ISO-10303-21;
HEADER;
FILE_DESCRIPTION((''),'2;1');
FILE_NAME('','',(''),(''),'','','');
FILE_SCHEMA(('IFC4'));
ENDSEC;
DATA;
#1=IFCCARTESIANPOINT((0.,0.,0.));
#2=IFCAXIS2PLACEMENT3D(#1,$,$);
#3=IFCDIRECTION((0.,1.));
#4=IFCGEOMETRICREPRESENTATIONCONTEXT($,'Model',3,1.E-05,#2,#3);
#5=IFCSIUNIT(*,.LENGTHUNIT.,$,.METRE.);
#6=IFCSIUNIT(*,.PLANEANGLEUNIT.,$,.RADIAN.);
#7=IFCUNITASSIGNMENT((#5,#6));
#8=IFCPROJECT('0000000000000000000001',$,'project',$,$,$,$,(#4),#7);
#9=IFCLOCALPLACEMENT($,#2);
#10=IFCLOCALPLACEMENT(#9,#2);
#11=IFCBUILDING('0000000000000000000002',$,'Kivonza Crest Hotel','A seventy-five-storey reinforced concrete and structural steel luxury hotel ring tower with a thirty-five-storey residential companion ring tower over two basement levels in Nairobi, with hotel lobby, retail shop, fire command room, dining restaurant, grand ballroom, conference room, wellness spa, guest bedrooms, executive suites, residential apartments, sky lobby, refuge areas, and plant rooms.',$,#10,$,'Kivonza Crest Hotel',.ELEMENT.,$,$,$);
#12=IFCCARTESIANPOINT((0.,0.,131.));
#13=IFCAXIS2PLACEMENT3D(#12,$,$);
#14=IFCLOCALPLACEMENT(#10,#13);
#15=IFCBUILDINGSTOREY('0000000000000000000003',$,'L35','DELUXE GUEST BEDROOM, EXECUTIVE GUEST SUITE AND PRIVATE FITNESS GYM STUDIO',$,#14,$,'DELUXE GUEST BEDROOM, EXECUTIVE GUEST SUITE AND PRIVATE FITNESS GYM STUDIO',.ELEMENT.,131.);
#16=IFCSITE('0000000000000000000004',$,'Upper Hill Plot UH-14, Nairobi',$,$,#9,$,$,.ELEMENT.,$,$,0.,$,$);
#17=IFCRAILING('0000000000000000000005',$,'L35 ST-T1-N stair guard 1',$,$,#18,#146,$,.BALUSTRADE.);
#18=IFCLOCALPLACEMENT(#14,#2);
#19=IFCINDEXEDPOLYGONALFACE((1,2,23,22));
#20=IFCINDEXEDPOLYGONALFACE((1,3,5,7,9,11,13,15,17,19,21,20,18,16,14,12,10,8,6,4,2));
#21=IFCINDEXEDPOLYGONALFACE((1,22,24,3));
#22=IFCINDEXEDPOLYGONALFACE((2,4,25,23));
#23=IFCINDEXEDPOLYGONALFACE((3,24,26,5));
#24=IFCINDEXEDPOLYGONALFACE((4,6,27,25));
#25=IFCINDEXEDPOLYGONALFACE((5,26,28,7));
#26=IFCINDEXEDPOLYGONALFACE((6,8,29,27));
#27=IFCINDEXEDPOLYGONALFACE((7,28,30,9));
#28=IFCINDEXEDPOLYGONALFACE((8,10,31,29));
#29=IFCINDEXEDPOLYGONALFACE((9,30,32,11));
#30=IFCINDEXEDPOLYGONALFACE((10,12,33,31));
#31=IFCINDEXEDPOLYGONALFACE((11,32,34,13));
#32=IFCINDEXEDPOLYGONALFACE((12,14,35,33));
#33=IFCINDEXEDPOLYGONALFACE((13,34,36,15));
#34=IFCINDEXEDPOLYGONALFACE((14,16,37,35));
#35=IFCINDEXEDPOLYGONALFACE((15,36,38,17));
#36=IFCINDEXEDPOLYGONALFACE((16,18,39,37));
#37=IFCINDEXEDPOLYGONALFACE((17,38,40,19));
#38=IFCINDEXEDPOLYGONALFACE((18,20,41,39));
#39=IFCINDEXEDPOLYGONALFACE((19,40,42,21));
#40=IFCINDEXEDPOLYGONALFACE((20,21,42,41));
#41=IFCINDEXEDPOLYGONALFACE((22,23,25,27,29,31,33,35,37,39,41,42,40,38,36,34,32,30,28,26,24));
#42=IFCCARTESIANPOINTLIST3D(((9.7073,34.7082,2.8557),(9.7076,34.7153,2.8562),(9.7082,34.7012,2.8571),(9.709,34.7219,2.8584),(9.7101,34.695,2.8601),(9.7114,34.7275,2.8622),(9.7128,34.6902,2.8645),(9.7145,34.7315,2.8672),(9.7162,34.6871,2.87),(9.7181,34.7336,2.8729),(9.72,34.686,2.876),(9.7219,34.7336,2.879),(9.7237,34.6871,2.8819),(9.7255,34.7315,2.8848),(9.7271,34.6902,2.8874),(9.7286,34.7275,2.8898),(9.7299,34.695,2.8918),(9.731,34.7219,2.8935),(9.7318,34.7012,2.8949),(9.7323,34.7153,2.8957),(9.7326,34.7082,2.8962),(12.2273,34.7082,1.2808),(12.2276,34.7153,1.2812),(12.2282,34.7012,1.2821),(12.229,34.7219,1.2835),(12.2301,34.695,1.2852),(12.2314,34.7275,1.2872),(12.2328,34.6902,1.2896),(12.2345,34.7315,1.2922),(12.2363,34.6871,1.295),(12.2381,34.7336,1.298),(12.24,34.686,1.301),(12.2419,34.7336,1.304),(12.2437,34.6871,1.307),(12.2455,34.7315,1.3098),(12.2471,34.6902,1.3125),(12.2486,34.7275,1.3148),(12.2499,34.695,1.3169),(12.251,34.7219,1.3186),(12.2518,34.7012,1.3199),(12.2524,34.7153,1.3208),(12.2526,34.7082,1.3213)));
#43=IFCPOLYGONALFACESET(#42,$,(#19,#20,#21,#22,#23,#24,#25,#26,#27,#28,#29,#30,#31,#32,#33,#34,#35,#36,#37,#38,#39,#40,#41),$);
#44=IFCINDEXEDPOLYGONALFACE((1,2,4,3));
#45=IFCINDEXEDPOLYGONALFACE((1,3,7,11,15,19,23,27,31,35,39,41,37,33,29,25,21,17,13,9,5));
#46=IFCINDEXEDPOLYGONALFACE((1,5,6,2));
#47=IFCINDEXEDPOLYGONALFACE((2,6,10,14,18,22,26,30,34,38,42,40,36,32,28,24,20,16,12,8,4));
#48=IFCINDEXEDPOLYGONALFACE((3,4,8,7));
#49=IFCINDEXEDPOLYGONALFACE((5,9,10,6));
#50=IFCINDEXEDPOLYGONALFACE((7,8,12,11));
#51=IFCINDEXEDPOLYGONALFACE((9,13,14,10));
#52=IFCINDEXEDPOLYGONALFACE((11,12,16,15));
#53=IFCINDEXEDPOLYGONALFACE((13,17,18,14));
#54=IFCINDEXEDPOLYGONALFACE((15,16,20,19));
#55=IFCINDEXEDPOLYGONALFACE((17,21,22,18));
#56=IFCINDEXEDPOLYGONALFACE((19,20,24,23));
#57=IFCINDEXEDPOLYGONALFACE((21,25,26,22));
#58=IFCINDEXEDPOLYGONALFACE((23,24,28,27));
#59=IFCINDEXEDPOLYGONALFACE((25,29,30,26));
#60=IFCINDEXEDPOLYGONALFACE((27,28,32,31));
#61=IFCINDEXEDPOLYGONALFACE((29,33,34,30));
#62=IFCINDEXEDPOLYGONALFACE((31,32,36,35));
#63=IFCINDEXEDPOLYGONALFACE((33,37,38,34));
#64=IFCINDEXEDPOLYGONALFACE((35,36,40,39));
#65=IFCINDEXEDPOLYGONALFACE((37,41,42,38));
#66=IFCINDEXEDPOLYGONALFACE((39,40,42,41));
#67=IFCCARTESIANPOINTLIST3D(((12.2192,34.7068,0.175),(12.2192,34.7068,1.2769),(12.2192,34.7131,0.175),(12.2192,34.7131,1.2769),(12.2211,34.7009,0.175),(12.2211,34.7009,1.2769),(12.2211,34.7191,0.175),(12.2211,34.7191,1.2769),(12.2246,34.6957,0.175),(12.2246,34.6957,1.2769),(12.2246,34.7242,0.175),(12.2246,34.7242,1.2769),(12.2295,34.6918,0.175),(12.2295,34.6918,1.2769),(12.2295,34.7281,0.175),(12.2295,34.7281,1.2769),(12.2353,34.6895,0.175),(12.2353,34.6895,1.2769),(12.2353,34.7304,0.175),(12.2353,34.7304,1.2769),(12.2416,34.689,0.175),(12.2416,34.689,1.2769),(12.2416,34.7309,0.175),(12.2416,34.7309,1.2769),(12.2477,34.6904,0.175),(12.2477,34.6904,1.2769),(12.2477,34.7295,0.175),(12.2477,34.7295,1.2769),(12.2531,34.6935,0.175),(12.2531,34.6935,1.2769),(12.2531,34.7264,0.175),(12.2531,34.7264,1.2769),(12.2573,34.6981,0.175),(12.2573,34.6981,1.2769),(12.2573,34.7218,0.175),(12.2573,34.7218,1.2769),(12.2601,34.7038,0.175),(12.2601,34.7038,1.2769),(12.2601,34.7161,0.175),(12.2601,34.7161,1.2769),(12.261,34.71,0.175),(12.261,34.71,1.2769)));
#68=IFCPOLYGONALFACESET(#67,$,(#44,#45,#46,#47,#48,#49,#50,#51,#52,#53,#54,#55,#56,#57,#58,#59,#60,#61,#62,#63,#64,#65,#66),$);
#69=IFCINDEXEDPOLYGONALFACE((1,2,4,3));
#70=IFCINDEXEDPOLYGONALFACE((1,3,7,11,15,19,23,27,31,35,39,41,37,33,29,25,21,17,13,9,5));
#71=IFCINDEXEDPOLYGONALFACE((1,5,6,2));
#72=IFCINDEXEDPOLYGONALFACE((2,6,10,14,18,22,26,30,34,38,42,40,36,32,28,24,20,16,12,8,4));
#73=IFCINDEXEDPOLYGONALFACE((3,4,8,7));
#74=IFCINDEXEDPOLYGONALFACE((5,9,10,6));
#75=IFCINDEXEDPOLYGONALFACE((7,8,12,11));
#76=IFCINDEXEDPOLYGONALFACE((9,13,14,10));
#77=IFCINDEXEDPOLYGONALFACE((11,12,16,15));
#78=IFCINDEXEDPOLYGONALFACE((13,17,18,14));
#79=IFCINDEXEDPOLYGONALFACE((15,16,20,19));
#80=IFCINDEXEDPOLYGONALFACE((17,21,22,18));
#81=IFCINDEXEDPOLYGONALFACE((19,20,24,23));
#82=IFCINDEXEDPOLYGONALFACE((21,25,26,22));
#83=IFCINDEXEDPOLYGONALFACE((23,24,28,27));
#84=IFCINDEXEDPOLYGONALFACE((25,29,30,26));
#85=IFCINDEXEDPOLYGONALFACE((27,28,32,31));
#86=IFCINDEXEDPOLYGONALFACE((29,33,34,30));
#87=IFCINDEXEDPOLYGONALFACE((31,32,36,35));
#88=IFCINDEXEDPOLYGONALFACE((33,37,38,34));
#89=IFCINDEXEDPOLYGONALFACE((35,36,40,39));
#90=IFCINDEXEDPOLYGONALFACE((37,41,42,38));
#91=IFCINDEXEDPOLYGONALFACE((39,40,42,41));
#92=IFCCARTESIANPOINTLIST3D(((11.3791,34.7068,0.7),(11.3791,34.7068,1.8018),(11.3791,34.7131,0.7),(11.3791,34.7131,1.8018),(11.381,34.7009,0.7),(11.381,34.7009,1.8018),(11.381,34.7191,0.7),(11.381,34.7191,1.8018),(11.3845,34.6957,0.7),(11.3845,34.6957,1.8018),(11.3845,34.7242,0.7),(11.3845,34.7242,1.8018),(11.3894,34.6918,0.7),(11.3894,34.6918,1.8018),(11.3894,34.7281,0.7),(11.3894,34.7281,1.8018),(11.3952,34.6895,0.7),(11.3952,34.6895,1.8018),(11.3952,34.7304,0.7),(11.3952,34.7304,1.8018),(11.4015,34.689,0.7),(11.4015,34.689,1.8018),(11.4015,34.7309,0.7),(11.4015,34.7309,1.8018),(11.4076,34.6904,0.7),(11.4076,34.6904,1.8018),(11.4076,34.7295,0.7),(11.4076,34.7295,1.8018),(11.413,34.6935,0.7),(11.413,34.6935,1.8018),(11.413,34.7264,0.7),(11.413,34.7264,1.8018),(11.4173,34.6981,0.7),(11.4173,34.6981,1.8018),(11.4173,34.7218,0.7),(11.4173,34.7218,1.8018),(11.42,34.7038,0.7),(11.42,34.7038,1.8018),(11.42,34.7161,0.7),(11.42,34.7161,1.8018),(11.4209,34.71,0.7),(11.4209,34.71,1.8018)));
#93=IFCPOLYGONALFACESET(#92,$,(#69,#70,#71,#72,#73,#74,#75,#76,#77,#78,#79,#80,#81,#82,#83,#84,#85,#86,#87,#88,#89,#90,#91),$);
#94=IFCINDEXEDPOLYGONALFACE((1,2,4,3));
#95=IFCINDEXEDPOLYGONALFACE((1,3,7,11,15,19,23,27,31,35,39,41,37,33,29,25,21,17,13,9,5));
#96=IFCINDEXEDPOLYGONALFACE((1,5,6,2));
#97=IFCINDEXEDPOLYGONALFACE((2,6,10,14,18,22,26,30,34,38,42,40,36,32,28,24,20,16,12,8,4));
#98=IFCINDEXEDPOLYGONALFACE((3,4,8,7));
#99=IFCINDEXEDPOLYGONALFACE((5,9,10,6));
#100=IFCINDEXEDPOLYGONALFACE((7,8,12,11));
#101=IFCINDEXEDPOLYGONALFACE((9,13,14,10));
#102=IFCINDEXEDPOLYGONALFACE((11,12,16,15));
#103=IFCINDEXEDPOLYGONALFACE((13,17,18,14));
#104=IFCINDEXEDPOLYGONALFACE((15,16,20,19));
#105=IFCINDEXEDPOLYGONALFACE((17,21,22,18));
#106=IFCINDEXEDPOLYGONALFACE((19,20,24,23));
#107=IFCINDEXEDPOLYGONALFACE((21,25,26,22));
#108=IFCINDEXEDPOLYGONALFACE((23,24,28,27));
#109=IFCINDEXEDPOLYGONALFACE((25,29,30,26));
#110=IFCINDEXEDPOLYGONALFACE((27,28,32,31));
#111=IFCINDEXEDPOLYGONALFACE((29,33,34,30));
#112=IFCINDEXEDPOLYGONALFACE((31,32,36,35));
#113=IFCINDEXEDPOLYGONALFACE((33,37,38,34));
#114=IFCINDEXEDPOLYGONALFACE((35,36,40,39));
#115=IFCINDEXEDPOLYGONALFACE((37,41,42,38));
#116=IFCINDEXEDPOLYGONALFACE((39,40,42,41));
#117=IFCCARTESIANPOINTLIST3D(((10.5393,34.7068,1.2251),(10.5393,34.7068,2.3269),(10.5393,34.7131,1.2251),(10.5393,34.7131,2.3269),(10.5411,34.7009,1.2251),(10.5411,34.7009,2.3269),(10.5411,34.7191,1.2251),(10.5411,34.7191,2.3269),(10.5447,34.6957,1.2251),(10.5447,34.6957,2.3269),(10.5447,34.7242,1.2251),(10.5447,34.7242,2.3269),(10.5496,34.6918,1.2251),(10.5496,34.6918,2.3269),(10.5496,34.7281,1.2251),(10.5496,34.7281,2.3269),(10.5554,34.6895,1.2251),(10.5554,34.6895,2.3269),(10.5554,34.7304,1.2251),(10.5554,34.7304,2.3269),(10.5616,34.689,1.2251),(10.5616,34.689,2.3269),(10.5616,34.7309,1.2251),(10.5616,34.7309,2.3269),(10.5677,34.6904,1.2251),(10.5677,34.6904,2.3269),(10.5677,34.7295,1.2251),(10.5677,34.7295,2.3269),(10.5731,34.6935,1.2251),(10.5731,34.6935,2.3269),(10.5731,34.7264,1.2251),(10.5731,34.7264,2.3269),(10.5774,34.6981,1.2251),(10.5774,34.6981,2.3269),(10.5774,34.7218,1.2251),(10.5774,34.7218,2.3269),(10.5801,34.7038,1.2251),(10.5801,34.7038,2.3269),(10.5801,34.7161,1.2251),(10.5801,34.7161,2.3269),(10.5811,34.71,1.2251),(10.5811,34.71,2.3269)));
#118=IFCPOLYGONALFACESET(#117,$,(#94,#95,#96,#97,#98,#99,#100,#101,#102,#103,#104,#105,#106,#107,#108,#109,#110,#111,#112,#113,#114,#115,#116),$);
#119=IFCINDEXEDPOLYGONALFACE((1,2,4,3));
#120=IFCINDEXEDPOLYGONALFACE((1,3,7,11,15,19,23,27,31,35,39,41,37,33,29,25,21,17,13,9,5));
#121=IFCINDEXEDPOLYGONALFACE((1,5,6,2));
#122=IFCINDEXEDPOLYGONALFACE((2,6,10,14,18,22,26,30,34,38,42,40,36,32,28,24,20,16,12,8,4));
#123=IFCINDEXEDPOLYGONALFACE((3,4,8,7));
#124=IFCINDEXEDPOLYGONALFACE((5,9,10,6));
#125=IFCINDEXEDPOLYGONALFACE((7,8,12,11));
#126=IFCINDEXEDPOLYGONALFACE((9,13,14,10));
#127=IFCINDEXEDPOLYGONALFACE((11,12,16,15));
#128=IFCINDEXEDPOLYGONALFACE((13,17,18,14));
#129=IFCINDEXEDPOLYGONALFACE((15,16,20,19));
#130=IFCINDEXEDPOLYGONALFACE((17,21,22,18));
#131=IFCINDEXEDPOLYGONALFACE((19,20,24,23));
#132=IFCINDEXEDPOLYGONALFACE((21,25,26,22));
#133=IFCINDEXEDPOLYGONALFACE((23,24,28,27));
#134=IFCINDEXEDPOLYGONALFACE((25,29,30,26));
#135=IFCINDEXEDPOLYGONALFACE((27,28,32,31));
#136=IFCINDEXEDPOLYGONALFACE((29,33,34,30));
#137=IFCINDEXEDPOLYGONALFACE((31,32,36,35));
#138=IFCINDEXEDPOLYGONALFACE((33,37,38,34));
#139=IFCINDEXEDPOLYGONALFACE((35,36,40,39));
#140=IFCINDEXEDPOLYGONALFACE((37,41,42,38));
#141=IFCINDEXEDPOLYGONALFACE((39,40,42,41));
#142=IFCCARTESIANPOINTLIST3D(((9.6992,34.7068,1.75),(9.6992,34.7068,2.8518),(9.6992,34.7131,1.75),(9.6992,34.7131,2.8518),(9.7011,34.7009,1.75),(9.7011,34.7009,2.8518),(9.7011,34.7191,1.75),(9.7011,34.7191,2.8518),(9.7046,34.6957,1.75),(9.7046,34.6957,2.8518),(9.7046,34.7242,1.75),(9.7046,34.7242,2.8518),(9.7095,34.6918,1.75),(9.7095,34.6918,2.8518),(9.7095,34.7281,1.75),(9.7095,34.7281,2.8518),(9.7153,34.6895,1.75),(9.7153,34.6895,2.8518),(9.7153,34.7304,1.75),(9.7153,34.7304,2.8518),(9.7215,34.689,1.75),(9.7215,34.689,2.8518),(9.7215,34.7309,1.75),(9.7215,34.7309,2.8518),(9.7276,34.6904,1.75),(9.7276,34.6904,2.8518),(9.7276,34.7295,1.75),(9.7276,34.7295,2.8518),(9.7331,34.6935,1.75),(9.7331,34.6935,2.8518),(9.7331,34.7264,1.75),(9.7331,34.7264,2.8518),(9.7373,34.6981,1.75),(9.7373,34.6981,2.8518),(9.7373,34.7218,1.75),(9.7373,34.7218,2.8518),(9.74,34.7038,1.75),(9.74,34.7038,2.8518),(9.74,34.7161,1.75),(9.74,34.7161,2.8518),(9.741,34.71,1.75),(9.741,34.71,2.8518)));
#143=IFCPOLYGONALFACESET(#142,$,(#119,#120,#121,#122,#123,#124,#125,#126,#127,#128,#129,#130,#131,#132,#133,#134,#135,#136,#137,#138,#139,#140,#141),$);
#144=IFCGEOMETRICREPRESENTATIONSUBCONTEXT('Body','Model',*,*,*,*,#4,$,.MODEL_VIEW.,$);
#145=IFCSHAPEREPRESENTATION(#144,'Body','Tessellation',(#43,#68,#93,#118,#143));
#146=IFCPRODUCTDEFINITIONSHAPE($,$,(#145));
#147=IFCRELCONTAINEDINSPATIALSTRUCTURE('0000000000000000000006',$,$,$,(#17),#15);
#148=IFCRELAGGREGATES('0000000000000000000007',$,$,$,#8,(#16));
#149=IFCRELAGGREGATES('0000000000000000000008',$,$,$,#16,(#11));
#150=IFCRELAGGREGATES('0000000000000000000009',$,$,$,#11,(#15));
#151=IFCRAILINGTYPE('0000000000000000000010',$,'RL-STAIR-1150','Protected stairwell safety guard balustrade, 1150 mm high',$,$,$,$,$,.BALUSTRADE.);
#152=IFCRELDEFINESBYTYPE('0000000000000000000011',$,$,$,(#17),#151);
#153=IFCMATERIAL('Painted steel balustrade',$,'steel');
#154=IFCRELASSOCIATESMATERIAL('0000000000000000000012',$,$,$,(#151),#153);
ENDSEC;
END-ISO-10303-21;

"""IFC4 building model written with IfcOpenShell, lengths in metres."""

from ifc_helpers import new_model, si_unit, direction, frame, origin, origin_2d, place, context, subcontext, project, spatial, circle, extrude, material, type_object, element, save


model = new_model("IFC4")

# Units and contexts
model_context = context("Model", 3, precision=1e-05, world=origin(), true_north=direction((0.0, 1.0)))
body_context = subcontext(model_context, "Body", "Model", "MODEL_VIEW")
ifc_project = project(units=[si_unit("LENGTHUNIT", "METRE"), si_unit("PLANEANGLEUNIT", "RADIAN")], contexts=[model_context])

# Site, building, storey
site_placement = place(None, origin())
site = spatial("IfcSite", under=ifc_project, at=site_placement, Name="Upper Hill Plot UH-14, Nairobi", CompositionType="ELEMENT", RefElevation=0.0)
building_placement = place(site_placement, origin())
building = spatial("IfcBuilding", under=site, at=building_placement, Name="Kivonza Crest Hotel", Description="A seventy-five-storey reinforced concrete and structural steel luxury hotel ring tower with a thirty-five-storey residential companion ring tower over two basement levels in Nairobi, with hotel lobby, retail shop, fire command room, dining restaurant, grand ballroom, conference room, wellness spa, guest bedrooms, executive suites, residential apartments, sky lobby, refuge areas, and plant rooms.", LongName="Kivonza Crest Hotel", CompositionType="ELEMENT")
storey_placement = place(building_placement, frame((0.0, 0.0, 131.0)))
storey = spatial("IfcBuildingStorey", under=building, at=storey_placement, Name="L35", Description="DELUXE GUEST BEDROOM, EXECUTIVE GUEST SUITE AND PRIVATE FITNESS GYM STUDIO", LongName="DELUXE GUEST BEDROOM, EXECUTIVE GUEST SUITE AND PRIVATE FITNESS GYM STUDIO", CompositionType="ELEMENT", Elevation=131.0)

# Railing
ifc_material_1 = material(Name="Painted steel balustrade", Category="steel")
railing_type = type_object("IfcRailingType", Name="RL-STAIR-1150", Description="Protected stairwell safety guard balustrade, 1150 mm high", PredefinedType="BALUSTRADE", material=ifc_material_1)
railing_1_placement = place(storey_placement, frame((12.24, 34.71, 0.175)))
element("IfcRailing", 1, at=railing_1_placement, inside=storey, type_object=railing_type, Name="L35 ST-T1-N stair guard 1", PredefinedType="BALUSTRADE", context=body_context, shape_type="SweptSolid", body=[
    extrude(circle(Radius=0.0239, at=origin_2d()), frame((0.0, 0.0, 1.126), z_axis=(-0.848008, 0.0, 0.529984), x_axis=(0.0, -1.0, 0.0)), (0.0, 0.0, 1.0), 2.9717),
    extrude(circle(Radius=0.021, at=origin_2d()), origin(), (0.0, 0.0, 1.0), 1.1018),
    extrude(circle(Radius=0.021, at=origin_2d()), frame((-0.8401, 0.0, 0.5249)), (0.0, 0.0, 1.0), 1.1018),
    extrude(circle(Radius=0.021, at=origin_2d()), frame((-1.6799, 0.0, 1.05)), (0.0, 0.0, 1.0), 1.1018),
    extrude(circle(Radius=0.021, at=origin_2d()), frame((-2.52, 0.0, 1.575)), (0.0, 0.0, 1.0), 1.1018),
])

save(model, "model.ifc")
